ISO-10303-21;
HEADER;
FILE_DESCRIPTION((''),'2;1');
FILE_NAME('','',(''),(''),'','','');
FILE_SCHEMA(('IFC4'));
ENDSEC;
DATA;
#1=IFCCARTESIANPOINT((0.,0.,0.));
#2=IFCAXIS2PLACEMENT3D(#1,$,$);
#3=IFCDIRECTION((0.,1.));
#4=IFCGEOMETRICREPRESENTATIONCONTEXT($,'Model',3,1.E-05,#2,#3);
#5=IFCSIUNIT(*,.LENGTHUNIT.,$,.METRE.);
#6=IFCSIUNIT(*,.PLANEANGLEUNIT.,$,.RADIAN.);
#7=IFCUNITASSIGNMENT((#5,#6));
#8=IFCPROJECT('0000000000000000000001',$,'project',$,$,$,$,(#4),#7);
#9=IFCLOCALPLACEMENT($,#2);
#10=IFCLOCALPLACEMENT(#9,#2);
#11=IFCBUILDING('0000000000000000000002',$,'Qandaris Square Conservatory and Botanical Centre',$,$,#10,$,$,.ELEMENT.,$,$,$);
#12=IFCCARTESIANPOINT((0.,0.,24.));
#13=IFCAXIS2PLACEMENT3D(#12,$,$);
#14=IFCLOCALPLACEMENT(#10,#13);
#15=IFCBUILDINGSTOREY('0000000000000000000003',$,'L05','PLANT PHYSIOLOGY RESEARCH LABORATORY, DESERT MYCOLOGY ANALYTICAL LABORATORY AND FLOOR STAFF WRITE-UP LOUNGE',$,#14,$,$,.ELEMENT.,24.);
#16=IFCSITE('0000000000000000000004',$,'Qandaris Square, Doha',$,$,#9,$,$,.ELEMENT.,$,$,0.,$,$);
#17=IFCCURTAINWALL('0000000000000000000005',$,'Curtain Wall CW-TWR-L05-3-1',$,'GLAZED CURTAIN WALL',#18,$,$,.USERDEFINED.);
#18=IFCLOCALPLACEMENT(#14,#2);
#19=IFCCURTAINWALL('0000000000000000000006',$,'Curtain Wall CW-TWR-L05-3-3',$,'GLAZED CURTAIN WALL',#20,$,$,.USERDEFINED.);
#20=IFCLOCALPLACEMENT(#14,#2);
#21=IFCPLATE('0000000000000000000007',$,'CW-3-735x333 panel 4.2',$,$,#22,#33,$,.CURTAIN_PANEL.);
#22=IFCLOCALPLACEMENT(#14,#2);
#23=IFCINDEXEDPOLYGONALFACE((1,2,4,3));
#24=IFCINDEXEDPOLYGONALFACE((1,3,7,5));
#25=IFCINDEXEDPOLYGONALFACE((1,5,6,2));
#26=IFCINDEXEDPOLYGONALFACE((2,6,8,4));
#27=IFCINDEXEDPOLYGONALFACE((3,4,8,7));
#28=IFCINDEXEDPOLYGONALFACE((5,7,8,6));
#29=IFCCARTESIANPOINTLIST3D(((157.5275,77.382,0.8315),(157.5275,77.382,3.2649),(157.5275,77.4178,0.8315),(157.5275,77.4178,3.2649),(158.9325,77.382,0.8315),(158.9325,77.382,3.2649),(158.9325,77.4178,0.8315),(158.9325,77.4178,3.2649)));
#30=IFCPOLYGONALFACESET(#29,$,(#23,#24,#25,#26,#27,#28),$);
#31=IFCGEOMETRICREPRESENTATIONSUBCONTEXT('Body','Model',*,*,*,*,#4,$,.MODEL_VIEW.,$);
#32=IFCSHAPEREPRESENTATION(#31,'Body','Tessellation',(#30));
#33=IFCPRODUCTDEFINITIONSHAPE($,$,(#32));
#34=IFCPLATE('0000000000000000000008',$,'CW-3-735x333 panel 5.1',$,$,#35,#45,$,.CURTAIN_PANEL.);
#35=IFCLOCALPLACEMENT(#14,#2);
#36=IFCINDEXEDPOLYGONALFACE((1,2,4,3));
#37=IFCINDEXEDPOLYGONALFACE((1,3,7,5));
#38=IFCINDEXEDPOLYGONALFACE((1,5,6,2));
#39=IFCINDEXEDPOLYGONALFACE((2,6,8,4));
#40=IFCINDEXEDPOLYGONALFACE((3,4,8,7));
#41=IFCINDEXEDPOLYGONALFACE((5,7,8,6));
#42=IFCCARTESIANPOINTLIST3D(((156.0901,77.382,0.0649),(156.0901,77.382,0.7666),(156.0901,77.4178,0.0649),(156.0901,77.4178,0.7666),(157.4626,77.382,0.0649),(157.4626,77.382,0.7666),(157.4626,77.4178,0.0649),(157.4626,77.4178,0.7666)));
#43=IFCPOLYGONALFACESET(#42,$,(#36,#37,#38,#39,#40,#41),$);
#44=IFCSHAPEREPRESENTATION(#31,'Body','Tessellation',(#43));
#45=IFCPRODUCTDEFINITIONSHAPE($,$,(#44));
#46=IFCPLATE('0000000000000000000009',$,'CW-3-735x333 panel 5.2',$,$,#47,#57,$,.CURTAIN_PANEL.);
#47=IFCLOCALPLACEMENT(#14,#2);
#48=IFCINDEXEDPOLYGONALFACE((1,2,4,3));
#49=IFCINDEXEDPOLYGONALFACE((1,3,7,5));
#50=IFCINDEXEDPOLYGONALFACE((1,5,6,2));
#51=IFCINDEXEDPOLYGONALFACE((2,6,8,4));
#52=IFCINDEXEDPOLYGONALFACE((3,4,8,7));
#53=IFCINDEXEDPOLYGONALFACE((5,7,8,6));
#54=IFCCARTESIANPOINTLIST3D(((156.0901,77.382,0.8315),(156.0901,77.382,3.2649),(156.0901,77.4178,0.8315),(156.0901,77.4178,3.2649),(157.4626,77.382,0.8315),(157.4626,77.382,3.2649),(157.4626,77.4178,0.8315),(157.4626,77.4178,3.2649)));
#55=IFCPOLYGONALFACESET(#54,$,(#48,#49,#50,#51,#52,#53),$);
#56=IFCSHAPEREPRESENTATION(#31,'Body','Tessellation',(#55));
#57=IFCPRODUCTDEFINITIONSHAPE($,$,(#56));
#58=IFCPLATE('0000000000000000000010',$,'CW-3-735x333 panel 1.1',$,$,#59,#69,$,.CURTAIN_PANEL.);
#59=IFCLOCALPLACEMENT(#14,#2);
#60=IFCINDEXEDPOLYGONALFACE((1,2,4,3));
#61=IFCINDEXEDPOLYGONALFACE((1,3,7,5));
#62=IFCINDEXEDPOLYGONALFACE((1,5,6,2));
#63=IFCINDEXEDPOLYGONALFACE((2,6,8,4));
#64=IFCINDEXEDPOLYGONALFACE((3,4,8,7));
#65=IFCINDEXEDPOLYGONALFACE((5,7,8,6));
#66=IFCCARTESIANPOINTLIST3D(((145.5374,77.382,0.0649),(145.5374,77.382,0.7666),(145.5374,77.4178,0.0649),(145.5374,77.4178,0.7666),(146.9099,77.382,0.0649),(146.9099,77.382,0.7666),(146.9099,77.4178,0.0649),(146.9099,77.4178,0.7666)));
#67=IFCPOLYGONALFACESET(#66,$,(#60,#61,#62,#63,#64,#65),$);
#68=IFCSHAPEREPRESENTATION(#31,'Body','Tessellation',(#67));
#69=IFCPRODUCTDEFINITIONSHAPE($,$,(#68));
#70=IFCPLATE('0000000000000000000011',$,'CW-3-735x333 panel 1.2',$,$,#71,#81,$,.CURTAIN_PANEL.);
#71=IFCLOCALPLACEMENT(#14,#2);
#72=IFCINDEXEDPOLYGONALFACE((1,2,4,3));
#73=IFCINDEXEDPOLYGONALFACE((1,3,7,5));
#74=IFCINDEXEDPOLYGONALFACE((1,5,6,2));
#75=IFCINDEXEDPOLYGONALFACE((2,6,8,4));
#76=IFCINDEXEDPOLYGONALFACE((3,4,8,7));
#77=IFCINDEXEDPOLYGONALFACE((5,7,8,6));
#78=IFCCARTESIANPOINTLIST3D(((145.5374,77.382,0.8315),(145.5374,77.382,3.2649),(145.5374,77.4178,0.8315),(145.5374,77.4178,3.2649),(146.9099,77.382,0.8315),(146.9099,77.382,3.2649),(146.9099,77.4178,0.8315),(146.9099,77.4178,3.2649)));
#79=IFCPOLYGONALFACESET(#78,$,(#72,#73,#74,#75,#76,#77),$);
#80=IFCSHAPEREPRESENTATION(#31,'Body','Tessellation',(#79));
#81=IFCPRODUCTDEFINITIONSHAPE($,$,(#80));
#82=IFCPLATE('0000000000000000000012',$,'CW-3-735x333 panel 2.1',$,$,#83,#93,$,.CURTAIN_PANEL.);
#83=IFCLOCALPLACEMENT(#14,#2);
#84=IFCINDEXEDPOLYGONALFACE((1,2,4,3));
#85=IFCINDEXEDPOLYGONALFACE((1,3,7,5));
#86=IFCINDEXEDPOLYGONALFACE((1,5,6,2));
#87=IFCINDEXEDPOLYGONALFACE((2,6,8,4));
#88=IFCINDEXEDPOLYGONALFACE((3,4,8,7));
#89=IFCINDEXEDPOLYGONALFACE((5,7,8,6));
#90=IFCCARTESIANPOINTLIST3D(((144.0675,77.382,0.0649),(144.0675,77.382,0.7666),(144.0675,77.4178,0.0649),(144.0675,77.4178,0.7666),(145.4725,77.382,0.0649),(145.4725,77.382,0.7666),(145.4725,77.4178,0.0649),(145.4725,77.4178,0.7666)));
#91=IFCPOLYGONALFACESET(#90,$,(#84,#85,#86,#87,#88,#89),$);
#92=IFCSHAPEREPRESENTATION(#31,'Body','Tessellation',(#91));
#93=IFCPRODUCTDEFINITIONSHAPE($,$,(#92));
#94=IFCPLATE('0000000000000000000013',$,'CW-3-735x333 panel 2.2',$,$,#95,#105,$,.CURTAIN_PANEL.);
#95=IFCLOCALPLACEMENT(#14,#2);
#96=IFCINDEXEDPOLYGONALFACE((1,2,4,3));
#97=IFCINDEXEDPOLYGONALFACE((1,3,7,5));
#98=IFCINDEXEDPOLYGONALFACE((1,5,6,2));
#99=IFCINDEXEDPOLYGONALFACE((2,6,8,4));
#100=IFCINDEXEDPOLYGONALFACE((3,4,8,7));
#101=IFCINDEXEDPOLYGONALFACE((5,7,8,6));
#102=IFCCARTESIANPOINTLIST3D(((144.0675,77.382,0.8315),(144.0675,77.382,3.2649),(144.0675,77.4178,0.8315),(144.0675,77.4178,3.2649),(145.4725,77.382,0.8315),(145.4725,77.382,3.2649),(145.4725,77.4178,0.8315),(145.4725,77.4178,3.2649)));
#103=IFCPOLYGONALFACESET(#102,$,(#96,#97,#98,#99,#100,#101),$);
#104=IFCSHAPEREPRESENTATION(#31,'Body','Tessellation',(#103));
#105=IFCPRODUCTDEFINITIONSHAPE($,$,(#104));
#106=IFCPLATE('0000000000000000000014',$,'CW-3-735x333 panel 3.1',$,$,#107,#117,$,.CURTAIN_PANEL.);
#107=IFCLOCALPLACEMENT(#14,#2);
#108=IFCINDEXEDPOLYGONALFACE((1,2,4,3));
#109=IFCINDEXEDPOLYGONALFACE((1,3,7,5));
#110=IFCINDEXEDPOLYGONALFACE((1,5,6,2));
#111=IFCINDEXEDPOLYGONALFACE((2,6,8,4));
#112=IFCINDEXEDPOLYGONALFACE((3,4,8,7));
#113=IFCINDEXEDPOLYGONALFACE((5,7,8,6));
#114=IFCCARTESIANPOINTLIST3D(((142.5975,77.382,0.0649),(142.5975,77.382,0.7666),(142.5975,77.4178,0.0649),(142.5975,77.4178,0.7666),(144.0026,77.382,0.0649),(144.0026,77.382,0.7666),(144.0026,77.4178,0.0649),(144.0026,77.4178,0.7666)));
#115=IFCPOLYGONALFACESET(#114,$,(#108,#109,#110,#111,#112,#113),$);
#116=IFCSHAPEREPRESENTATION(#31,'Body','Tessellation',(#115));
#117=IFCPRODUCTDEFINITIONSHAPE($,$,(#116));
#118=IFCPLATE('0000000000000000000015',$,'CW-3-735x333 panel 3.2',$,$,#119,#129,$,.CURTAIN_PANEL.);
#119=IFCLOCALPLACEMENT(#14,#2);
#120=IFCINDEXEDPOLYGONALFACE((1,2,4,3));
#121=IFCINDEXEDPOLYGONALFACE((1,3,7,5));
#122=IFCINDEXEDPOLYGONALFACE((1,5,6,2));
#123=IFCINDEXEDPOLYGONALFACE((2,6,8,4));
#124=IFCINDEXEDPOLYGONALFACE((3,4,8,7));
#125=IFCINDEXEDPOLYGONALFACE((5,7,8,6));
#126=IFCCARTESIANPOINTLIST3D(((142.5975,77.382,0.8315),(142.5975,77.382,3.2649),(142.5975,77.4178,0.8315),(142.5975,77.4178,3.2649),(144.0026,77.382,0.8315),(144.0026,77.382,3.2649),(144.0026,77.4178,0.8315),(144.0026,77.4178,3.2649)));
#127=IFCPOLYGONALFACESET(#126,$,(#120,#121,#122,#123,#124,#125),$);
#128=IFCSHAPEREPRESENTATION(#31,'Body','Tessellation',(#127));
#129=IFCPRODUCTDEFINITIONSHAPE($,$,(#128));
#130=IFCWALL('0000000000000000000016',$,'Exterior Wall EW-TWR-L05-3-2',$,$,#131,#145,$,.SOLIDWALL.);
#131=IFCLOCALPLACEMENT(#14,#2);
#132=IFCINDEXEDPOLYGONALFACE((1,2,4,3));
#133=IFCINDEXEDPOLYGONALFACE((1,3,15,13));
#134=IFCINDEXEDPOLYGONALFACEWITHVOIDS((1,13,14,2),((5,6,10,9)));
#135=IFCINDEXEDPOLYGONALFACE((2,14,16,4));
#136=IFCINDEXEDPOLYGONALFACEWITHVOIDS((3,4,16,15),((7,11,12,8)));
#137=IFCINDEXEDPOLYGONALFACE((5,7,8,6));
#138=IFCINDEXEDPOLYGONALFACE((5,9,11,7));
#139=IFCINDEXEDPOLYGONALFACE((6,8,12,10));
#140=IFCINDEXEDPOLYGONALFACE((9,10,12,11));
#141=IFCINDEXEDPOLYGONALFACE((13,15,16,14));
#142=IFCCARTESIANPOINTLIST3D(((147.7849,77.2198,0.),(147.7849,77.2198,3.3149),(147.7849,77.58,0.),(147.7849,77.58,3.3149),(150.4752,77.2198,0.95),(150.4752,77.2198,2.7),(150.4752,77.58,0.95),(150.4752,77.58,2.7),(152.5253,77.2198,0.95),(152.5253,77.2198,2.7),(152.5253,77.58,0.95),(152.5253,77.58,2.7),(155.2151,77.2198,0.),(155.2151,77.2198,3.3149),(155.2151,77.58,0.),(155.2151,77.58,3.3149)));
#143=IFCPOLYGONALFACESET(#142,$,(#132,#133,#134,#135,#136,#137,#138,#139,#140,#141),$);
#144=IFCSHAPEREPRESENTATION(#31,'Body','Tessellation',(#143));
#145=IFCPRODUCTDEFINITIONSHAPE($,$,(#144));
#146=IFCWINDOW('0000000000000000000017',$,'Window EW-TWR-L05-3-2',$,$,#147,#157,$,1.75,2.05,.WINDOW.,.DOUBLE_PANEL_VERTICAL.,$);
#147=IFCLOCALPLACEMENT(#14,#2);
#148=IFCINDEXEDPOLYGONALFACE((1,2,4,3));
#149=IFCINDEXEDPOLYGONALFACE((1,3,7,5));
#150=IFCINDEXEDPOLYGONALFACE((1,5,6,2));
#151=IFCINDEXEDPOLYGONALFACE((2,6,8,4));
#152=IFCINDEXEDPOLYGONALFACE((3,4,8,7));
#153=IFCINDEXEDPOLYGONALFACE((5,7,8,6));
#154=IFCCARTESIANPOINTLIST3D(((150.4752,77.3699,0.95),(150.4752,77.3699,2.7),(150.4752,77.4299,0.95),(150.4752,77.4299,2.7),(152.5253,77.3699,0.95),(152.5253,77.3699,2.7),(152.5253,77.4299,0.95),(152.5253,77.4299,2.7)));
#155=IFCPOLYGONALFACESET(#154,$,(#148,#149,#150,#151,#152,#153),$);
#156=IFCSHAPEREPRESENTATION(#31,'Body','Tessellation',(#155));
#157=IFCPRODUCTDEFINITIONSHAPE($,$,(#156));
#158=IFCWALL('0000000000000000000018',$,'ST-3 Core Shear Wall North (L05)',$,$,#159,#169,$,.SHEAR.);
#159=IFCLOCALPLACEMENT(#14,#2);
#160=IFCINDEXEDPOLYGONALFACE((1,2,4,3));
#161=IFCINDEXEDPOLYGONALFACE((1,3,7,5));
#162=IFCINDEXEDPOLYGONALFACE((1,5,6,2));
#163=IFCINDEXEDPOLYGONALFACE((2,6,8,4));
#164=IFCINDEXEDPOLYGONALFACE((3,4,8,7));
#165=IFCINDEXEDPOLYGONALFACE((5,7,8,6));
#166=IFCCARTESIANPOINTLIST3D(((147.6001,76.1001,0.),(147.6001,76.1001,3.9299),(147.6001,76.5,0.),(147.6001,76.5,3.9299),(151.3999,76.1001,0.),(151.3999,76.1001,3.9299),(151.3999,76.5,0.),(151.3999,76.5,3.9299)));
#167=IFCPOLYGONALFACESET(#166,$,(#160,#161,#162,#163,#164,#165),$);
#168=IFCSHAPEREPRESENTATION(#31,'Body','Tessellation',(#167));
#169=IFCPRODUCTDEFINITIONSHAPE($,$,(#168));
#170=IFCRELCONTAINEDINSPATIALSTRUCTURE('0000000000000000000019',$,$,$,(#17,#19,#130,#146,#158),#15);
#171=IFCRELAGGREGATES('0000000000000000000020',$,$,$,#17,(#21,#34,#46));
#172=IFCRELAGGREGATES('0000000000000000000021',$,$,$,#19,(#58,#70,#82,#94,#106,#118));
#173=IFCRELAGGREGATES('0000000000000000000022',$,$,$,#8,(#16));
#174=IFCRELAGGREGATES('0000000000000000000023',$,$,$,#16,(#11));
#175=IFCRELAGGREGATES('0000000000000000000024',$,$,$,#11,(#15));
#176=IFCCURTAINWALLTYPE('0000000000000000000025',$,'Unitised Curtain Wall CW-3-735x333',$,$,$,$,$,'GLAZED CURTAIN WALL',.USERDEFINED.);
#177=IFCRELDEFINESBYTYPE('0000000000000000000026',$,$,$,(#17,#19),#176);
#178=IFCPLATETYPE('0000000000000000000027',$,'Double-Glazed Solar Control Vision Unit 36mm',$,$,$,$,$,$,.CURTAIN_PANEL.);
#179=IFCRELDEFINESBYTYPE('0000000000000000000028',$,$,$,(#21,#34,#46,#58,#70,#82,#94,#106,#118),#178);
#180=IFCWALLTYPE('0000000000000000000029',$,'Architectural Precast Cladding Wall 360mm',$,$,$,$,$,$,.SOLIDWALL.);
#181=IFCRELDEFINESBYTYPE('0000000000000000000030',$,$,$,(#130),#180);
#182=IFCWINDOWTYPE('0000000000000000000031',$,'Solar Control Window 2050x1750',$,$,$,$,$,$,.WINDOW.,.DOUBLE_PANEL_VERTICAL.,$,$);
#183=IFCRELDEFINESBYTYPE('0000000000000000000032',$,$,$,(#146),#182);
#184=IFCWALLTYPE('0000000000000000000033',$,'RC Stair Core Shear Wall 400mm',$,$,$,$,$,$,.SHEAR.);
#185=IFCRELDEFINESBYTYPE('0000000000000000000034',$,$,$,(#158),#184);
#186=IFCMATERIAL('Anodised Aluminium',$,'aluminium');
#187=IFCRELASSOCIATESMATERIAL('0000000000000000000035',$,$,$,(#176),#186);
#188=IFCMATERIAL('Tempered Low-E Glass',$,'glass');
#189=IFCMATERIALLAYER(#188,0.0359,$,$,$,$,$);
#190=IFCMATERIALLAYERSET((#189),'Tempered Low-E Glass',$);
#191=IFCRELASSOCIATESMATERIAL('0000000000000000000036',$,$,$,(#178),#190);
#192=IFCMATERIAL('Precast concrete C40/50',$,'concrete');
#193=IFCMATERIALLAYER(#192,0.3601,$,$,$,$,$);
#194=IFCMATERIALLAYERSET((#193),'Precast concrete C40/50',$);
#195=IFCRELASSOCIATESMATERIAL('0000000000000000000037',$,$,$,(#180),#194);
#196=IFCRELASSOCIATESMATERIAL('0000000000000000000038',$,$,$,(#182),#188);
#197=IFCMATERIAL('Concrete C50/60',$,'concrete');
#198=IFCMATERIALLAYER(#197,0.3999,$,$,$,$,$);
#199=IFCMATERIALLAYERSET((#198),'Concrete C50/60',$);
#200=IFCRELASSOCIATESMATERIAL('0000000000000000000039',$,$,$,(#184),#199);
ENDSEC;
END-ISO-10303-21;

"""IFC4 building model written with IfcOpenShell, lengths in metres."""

from ifc_helpers import new_model, si_unit, direction, frame, frame_2d, origin, origin_2d, place, context, subcontext, project, spatial, rectangle, extrude, material, layer, layer_set, type_object, element, fill, aggregate, save


model = new_model("IFC4")

# Units and contexts
model_context = context("Model", 3, precision=1e-05, world=origin(), true_north=direction((0.0, 1.0)))
body_context = subcontext(model_context, "Body", "Model", "MODEL_VIEW")
ifc_project = project(units=[si_unit("LENGTHUNIT", "METRE"), si_unit("PLANEANGLEUNIT", "RADIAN")], contexts=[model_context])

# Site, building, storey
site_placement = place(None, origin())
site = spatial("IfcSite", under=ifc_project, at=site_placement, Name="Qandaris Square, Doha", CompositionType="ELEMENT", RefElevation=0.0)
building_placement = place(site_placement, origin())
building = spatial("IfcBuilding", under=site, at=building_placement, Name="Qandaris Square Conservatory and Botanical Centre", CompositionType="ELEMENT")
storey_placement = place(building_placement, frame((0.0, 0.0, 24.0)))
storey = spatial("IfcBuildingStorey", under=building, at=storey_placement, Name="L05", Description="PLANT PHYSIOLOGY RESEARCH LABORATORY, DESERT MYCOLOGY ANALYTICAL LABORATORY AND FLOOR STAFF WRITE-UP LOUNGE", CompositionType="ELEMENT", Elevation=24.0)

# Shared definitions
ifc_material_1 = material(Name="Concrete C50/60", Category="concrete")

# Curtain walls
ifc_material_2 = material(Name="Anodised Aluminium", Category="aluminium")
curtain_wall_type = type_object("IfcCurtainWallType", Name="Unitised Curtain Wall CW-3-735x333", ElementType="GLAZED CURTAIN WALL", PredefinedType="USERDEFINED", material=ifc_material_2)
curtain_wall_1_placement = place(storey_placement, origin())
curtain_wall_1 = element("IfcCurtainWall", 1, at=curtain_wall_1_placement, inside=storey, type_object=curtain_wall_type, Name="Curtain Wall CW-TWR-L05-3-1", ObjectType="GLAZED CURTAIN WALL", PredefinedType="USERDEFINED")
curtain_wall_2_placement = place(storey_placement, origin())
curtain_wall_2 = element("IfcCurtainWall", 2, at=curtain_wall_2_placement, inside=storey, type_object=curtain_wall_type, Name="Curtain Wall CW-TWR-L05-3-3", ObjectType="GLAZED CURTAIN WALL", PredefinedType="USERDEFINED")

# Plates
ifc_material_3 = material(Name="Tempered Low-E Glass", Category="glass")
ifc_layer_1 = layer(ifc_material_3, 0.0359)
ifc_layer_set_1 = layer_set([ifc_layer_1], Name="Tempered Low-E Glass")
plate_type = type_object("IfcPlateType", Name="Double-Glazed Solar Control Vision Unit 36mm", PredefinedType="CURTAIN_PANEL", material=ifc_layer_set_1)
plate_1_placement = place(storey_placement, frame((158.23, 77.3999, 0.8315), z_axis=(0.0, 0.0, 1.0), x_axis=(-1.0, 0.0, 0.0)))
plate_1 = element("IfcPlate", 3, at=plate_1_placement, type_object=plate_type, Name="CW-3-735x333 panel 4.2", PredefinedType="CURTAIN_PANEL", context=body_context, shape_type="SweptSolid", body=[
    extrude(rectangle(XDim=1.405, YDim=0.0359, at=origin_2d()), origin(), (0.0, 0.0, 1.0), 2.4333),
])
plate_2_placement = place(storey_placement, frame((156.7764, 77.3999, 0.0649), z_axis=(0.0, 0.0, 1.0), x_axis=(-1.0, 0.0, 0.0)))
plate_2 = element("IfcPlate", 4, at=plate_2_placement, type_object=plate_type, Name="CW-3-735x333 panel 5.1", PredefinedType="CURTAIN_PANEL", context=body_context, shape_type="SweptSolid", body=[
    extrude(rectangle(XDim=1.3726, YDim=0.0359, at=origin_2d()), origin(), (0.0, 0.0, 1.0), 0.7017),
])
plate_3_placement = place(storey_placement, frame((156.7764, 77.3999, 0.8315), z_axis=(0.0, 0.0, 1.0), x_axis=(-1.0, 0.0, 0.0)))
plate_3 = element("IfcPlate", 5, at=plate_3_placement, type_object=plate_type, Name="CW-3-735x333 panel 5.2", PredefinedType="CURTAIN_PANEL", context=body_context, shape_type="SweptSolid", body=[
    extrude(rectangle(XDim=1.3726, YDim=0.0359, at=origin_2d()), origin(), (0.0, 0.0, 1.0), 2.4333),
])
aggregate(curtain_wall_1, [plate_1, plate_2, plate_3])
plate_4_placement = place(storey_placement, frame((146.2236, 77.3999, 0.0649), z_axis=(0.0, 0.0, 1.0), x_axis=(-1.0, 0.0, 0.0)))
plate_4 = element("IfcPlate", 6, at=plate_4_placement, type_object=plate_type, Name="CW-3-735x333 panel 1.1", PredefinedType="CURTAIN_PANEL", context=body_context, shape_type="SweptSolid", body=[
    extrude(rectangle(XDim=1.3726, YDim=0.0359, at=origin_2d()), origin(), (0.0, 0.0, 1.0), 0.7017),
])
plate_5_placement = place(storey_placement, frame((146.2236, 77.3999, 0.8315), z_axis=(0.0, 0.0, 1.0), x_axis=(-1.0, 0.0, 0.0)))
plate_5 = element("IfcPlate", 7, at=plate_5_placement, type_object=plate_type, Name="CW-3-735x333 panel 1.2", PredefinedType="CURTAIN_PANEL", context=body_context, shape_type="SweptSolid", body=[
    extrude(rectangle(XDim=1.3726, YDim=0.0359, at=origin_2d()), origin(), (0.0, 0.0, 1.0), 2.4333),
])
plate_6_placement = place(storey_placement, frame((144.77, 77.3999, 0.0649), z_axis=(0.0, 0.0, 1.0), x_axis=(-1.0, 0.0, 0.0)))
plate_6 = element("IfcPlate", 8, at=plate_6_placement, type_object=plate_type, Name="CW-3-735x333 panel 2.1", PredefinedType="CURTAIN_PANEL", context=body_context, shape_type="SweptSolid", body=[
    extrude(rectangle(XDim=1.405, YDim=0.0359, at=origin_2d()), origin(), (0.0, 0.0, 1.0), 0.7017),
])
plate_7_placement = place(storey_placement, frame((144.77, 77.3999, 0.8315), z_axis=(0.0, 0.0, 1.0), x_axis=(-1.0, 0.0, 0.0)))
plate_7 = element("IfcPlate", 9, at=plate_7_placement, type_object=plate_type, Name="CW-3-735x333 panel 2.2", PredefinedType="CURTAIN_PANEL", context=body_context, shape_type="SweptSolid", body=[
    extrude(rectangle(XDim=1.405, YDim=0.0359, at=origin_2d()), origin(), (0.0, 0.0, 1.0), 2.4333),
])
plate_8_placement = place(storey_placement, frame((143.3, 77.3999, 0.0649), z_axis=(0.0, 0.0, 1.0), x_axis=(-1.0, 0.0, 0.0)))
plate_8 = element("IfcPlate", 10, at=plate_8_placement, type_object=plate_type, Name="CW-3-735x333 panel 3.1", PredefinedType="CURTAIN_PANEL", context=body_context, shape_type="SweptSolid", body=[
    extrude(rectangle(XDim=1.405, YDim=0.0359, at=origin_2d()), origin(), (0.0, 0.0, 1.0), 0.7017),
])
plate_9_placement = place(storey_placement, frame((143.3, 77.3999, 0.8315), z_axis=(0.0, 0.0, 1.0), x_axis=(-1.0, 0.0, 0.0)))
plate_9 = element("IfcPlate", 11, at=plate_9_placement, type_object=plate_type, Name="CW-3-735x333 panel 3.2", PredefinedType="CURTAIN_PANEL", context=body_context, shape_type="SweptSolid", body=[
    extrude(rectangle(XDim=1.405, YDim=0.0359, at=origin_2d()), origin(), (0.0, 0.0, 1.0), 2.4333),
])
aggregate(curtain_wall_2, [plate_4, plate_5, plate_6, plate_7, plate_8, plate_9])

# Wall, opening, window
ifc_material_4 = material(Name="Precast concrete C40/50", Category="concrete")
ifc_layer_2 = layer(ifc_material_4, 0.3601)
ifc_layer_set_2 = layer_set([ifc_layer_2], Name="Precast concrete C40/50")
wall_type_1 = type_object("IfcWallType", Name="Architectural Precast Cladding Wall 360mm", PredefinedType="SOLIDWALL", material=ifc_layer_set_2)
wall_1_placement = place(storey_placement, frame((155.2151, 77.3999, 0.0), z_axis=(0.0, 0.0, 1.0), x_axis=(-1.0, 0.0, 0.0)))
wall_1 = element("IfcWall", 12, at=wall_1_placement, inside=storey, type_object=wall_type_1, Name="Exterior Wall EW-TWR-L05-3-2", PredefinedType="SOLIDWALL", context=body_context, shape_type="SweptSolid", body=[
    extrude(rectangle(XDim=7.4302, YDim=0.3601, at=frame_2d((3.7151, 0.0))), origin(), (0.0, 0.0, 1.0), 3.3149),
])
opening_placement = place(wall_1_placement, frame((2.6899, 0.0, 0.95)))
opening = element("IfcOpeningElement", 13, at=opening_placement, cuts=wall_1, PredefinedType="OPENING", context=body_context, shape_type="SweptSolid", body=[
    extrude(rectangle(XDim=2.05, YDim=1.75, at=frame_2d((1.0249, 0.875))), frame((0.0, 0.1919, 0.0), z_axis=(0.0, -1.0, 0.0), x_axis=(1.0, 0.0, 0.0)), (0.0, 0.0, 1.0), 0.384),
])
window_type = type_object("IfcWindowType", Name="Solar Control Window 2050x1750", PartitioningType="DOUBLE_PANEL_VERTICAL", PredefinedType="WINDOW", material=ifc_material_3)
window_placement = place(opening_placement, origin())
window = element("IfcWindow", 14, at=window_placement, inside=storey, type_object=window_type, Name="Window EW-TWR-L05-3-2", OverallHeight=1.75, OverallWidth=2.05, PartitioningType="DOUBLE_PANEL_VERTICAL", PredefinedType="WINDOW", context=body_context, shape_type="SweptSolid", body=[
    extrude(rectangle(XDim=2.05, YDim=1.75, at=frame_2d((1.0249, 0.875))), frame((0.0, 0.03, 0.0), z_axis=(0.0, -1.0, 0.0), x_axis=(1.0, 0.0, 0.0)), (0.0, 0.0, 1.0), 0.0601),
])
fill(opening, window)

# Wall
ifc_layer_3 = layer(ifc_material_1, 0.3999)
ifc_layer_set_3 = layer_set([ifc_layer_3], Name="Concrete C50/60")
wall_type_2 = type_object("IfcWallType", Name="RC Stair Core Shear Wall 400mm", PredefinedType="SHEAR", material=ifc_layer_set_3)
wall_2_placement = place(storey_placement, frame((147.6001, 76.3, 0.0), z_axis=(0.0, 0.0, 1.0), x_axis=(1.0, 0.0, 0.0)))
element("IfcWall", 15, at=wall_2_placement, inside=storey, type_object=wall_type_2, Name="ST-3 Core Shear Wall North (L05)", PredefinedType="SHEAR", context=body_context, shape_type="SweptSolid", body=[
    extrude(rectangle(XDim=3.7998, YDim=0.3999, at=frame_2d((1.8999, 0.0))), origin(), (0.0, 0.0, 1.0), 3.9299),
])

save(model, "model.ifc")
